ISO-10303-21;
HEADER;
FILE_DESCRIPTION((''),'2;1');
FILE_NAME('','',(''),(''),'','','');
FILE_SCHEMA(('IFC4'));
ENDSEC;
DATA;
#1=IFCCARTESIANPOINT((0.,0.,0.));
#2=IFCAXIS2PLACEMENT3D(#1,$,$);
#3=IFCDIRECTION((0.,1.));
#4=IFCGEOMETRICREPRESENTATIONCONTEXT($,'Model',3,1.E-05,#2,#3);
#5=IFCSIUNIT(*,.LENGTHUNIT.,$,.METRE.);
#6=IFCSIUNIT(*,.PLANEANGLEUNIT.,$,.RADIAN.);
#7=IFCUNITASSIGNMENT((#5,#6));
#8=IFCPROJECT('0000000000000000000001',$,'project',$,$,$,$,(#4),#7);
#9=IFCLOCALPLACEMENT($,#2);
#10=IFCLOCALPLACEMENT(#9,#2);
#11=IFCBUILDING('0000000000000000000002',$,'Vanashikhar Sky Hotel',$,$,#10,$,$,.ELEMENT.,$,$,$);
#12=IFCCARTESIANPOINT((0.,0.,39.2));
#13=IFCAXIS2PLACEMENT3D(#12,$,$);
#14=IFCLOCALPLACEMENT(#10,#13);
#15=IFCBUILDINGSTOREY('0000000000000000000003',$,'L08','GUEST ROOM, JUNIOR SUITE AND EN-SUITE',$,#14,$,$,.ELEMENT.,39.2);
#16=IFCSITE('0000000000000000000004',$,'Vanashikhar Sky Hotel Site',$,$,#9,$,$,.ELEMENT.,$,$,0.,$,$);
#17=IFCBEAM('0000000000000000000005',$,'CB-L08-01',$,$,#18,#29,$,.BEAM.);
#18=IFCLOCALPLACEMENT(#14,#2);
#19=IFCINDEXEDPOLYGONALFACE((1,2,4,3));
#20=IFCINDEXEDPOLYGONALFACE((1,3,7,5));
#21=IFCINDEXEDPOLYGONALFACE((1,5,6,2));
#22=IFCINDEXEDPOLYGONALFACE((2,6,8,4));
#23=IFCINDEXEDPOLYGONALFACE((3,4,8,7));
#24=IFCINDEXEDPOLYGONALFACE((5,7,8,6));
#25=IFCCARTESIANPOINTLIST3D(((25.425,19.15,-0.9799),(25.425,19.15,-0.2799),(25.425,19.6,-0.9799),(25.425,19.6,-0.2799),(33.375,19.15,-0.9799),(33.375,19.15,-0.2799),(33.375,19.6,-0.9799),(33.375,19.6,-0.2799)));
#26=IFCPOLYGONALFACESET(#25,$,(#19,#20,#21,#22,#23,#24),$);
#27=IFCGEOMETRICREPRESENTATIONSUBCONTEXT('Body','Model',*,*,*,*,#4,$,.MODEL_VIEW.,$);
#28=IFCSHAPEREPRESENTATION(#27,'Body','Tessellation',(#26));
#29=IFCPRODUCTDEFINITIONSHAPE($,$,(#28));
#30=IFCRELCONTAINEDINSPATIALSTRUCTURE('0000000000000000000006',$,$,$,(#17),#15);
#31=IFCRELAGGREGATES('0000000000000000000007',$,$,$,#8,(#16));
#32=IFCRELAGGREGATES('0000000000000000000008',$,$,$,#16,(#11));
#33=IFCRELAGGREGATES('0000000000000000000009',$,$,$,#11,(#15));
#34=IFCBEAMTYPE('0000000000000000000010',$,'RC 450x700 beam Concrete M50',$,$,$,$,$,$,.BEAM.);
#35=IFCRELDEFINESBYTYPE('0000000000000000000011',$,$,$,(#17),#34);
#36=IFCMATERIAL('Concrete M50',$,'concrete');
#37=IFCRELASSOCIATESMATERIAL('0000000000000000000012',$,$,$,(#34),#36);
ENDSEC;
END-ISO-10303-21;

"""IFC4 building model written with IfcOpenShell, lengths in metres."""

from ifc_helpers import new_model, si_unit, direction, frame, origin, origin_2d, place, context, subcontext, project, spatial, rectangle, extrude, source, transform, mapped, material, material_profile, profile_set, type_object, element, save


model = new_model("IFC4")

# Units and contexts
model_context = context("Model", 3, precision=1e-05, world=origin(), true_north=direction((0.0, 1.0)))
body_context = subcontext(model_context, "Body", "Model", "MODEL_VIEW")
ifc_project = project(units=[si_unit("LENGTHUNIT", "METRE"), si_unit("PLANEANGLEUNIT", "RADIAN")], contexts=[model_context])

# Site, building, storey
site_placement = place(None, origin())
site = spatial("IfcSite", under=ifc_project, at=site_placement, Name="Vanashikhar Sky Hotel Site", CompositionType="ELEMENT", RefElevation=0.0)
building_placement = place(site_placement, origin())
building = spatial("IfcBuilding", under=site, at=building_placement, Name="Vanashikhar Sky Hotel", CompositionType="ELEMENT")
storey_placement = place(building_placement, frame((0.0, 0.0, 39.2)))
storey = spatial("IfcBuildingStorey", under=building, at=storey_placement, Name="L08", Description="GUEST ROOM, JUNIOR SUITE AND EN-SUITE", CompositionType="ELEMENT", Elevation=39.2)

# Beam
ifc_material_1 = material(Name="Concrete M50", Category="concrete")
ifc_material_profile = material_profile(ifc_material_1, rectangle(XDim=0.45, YDim=0.7, at=origin_2d()))
ifc_profile_set = profile_set([ifc_material_profile], Name="RC 450x700 beam Concrete M50")
beam_type = type_object("IfcBeamType", Name="RC 450x700 beam Concrete M50", PredefinedType="BEAM", material=ifc_profile_set)
shared_shape_1 = source(origin(), body_context, "Body", "SweptSolid", [
    extrude(rectangle(XDim=0.45, YDim=0.7, at=origin_2d()), origin(), (0.0, 0.0, 1.0), 7.95),
])
beam_placement = place(storey_placement, frame((25.425, 19.375, -0.6299), z_axis=(1.0, 0.0, 0.0), x_axis=(0.0, 1.0, 0.0)))
element("IfcBeam", 1, at=beam_placement, inside=storey, type_object=beam_type, Name="CB-L08-01", PredefinedType="BEAM", context=body_context, shape_type="MappedRepresentation", body=[
    mapped(shared_shape_1, transform((0.0, 0.0, 0.0), scale=1.0)),
])

save(model, "model.ifc")
